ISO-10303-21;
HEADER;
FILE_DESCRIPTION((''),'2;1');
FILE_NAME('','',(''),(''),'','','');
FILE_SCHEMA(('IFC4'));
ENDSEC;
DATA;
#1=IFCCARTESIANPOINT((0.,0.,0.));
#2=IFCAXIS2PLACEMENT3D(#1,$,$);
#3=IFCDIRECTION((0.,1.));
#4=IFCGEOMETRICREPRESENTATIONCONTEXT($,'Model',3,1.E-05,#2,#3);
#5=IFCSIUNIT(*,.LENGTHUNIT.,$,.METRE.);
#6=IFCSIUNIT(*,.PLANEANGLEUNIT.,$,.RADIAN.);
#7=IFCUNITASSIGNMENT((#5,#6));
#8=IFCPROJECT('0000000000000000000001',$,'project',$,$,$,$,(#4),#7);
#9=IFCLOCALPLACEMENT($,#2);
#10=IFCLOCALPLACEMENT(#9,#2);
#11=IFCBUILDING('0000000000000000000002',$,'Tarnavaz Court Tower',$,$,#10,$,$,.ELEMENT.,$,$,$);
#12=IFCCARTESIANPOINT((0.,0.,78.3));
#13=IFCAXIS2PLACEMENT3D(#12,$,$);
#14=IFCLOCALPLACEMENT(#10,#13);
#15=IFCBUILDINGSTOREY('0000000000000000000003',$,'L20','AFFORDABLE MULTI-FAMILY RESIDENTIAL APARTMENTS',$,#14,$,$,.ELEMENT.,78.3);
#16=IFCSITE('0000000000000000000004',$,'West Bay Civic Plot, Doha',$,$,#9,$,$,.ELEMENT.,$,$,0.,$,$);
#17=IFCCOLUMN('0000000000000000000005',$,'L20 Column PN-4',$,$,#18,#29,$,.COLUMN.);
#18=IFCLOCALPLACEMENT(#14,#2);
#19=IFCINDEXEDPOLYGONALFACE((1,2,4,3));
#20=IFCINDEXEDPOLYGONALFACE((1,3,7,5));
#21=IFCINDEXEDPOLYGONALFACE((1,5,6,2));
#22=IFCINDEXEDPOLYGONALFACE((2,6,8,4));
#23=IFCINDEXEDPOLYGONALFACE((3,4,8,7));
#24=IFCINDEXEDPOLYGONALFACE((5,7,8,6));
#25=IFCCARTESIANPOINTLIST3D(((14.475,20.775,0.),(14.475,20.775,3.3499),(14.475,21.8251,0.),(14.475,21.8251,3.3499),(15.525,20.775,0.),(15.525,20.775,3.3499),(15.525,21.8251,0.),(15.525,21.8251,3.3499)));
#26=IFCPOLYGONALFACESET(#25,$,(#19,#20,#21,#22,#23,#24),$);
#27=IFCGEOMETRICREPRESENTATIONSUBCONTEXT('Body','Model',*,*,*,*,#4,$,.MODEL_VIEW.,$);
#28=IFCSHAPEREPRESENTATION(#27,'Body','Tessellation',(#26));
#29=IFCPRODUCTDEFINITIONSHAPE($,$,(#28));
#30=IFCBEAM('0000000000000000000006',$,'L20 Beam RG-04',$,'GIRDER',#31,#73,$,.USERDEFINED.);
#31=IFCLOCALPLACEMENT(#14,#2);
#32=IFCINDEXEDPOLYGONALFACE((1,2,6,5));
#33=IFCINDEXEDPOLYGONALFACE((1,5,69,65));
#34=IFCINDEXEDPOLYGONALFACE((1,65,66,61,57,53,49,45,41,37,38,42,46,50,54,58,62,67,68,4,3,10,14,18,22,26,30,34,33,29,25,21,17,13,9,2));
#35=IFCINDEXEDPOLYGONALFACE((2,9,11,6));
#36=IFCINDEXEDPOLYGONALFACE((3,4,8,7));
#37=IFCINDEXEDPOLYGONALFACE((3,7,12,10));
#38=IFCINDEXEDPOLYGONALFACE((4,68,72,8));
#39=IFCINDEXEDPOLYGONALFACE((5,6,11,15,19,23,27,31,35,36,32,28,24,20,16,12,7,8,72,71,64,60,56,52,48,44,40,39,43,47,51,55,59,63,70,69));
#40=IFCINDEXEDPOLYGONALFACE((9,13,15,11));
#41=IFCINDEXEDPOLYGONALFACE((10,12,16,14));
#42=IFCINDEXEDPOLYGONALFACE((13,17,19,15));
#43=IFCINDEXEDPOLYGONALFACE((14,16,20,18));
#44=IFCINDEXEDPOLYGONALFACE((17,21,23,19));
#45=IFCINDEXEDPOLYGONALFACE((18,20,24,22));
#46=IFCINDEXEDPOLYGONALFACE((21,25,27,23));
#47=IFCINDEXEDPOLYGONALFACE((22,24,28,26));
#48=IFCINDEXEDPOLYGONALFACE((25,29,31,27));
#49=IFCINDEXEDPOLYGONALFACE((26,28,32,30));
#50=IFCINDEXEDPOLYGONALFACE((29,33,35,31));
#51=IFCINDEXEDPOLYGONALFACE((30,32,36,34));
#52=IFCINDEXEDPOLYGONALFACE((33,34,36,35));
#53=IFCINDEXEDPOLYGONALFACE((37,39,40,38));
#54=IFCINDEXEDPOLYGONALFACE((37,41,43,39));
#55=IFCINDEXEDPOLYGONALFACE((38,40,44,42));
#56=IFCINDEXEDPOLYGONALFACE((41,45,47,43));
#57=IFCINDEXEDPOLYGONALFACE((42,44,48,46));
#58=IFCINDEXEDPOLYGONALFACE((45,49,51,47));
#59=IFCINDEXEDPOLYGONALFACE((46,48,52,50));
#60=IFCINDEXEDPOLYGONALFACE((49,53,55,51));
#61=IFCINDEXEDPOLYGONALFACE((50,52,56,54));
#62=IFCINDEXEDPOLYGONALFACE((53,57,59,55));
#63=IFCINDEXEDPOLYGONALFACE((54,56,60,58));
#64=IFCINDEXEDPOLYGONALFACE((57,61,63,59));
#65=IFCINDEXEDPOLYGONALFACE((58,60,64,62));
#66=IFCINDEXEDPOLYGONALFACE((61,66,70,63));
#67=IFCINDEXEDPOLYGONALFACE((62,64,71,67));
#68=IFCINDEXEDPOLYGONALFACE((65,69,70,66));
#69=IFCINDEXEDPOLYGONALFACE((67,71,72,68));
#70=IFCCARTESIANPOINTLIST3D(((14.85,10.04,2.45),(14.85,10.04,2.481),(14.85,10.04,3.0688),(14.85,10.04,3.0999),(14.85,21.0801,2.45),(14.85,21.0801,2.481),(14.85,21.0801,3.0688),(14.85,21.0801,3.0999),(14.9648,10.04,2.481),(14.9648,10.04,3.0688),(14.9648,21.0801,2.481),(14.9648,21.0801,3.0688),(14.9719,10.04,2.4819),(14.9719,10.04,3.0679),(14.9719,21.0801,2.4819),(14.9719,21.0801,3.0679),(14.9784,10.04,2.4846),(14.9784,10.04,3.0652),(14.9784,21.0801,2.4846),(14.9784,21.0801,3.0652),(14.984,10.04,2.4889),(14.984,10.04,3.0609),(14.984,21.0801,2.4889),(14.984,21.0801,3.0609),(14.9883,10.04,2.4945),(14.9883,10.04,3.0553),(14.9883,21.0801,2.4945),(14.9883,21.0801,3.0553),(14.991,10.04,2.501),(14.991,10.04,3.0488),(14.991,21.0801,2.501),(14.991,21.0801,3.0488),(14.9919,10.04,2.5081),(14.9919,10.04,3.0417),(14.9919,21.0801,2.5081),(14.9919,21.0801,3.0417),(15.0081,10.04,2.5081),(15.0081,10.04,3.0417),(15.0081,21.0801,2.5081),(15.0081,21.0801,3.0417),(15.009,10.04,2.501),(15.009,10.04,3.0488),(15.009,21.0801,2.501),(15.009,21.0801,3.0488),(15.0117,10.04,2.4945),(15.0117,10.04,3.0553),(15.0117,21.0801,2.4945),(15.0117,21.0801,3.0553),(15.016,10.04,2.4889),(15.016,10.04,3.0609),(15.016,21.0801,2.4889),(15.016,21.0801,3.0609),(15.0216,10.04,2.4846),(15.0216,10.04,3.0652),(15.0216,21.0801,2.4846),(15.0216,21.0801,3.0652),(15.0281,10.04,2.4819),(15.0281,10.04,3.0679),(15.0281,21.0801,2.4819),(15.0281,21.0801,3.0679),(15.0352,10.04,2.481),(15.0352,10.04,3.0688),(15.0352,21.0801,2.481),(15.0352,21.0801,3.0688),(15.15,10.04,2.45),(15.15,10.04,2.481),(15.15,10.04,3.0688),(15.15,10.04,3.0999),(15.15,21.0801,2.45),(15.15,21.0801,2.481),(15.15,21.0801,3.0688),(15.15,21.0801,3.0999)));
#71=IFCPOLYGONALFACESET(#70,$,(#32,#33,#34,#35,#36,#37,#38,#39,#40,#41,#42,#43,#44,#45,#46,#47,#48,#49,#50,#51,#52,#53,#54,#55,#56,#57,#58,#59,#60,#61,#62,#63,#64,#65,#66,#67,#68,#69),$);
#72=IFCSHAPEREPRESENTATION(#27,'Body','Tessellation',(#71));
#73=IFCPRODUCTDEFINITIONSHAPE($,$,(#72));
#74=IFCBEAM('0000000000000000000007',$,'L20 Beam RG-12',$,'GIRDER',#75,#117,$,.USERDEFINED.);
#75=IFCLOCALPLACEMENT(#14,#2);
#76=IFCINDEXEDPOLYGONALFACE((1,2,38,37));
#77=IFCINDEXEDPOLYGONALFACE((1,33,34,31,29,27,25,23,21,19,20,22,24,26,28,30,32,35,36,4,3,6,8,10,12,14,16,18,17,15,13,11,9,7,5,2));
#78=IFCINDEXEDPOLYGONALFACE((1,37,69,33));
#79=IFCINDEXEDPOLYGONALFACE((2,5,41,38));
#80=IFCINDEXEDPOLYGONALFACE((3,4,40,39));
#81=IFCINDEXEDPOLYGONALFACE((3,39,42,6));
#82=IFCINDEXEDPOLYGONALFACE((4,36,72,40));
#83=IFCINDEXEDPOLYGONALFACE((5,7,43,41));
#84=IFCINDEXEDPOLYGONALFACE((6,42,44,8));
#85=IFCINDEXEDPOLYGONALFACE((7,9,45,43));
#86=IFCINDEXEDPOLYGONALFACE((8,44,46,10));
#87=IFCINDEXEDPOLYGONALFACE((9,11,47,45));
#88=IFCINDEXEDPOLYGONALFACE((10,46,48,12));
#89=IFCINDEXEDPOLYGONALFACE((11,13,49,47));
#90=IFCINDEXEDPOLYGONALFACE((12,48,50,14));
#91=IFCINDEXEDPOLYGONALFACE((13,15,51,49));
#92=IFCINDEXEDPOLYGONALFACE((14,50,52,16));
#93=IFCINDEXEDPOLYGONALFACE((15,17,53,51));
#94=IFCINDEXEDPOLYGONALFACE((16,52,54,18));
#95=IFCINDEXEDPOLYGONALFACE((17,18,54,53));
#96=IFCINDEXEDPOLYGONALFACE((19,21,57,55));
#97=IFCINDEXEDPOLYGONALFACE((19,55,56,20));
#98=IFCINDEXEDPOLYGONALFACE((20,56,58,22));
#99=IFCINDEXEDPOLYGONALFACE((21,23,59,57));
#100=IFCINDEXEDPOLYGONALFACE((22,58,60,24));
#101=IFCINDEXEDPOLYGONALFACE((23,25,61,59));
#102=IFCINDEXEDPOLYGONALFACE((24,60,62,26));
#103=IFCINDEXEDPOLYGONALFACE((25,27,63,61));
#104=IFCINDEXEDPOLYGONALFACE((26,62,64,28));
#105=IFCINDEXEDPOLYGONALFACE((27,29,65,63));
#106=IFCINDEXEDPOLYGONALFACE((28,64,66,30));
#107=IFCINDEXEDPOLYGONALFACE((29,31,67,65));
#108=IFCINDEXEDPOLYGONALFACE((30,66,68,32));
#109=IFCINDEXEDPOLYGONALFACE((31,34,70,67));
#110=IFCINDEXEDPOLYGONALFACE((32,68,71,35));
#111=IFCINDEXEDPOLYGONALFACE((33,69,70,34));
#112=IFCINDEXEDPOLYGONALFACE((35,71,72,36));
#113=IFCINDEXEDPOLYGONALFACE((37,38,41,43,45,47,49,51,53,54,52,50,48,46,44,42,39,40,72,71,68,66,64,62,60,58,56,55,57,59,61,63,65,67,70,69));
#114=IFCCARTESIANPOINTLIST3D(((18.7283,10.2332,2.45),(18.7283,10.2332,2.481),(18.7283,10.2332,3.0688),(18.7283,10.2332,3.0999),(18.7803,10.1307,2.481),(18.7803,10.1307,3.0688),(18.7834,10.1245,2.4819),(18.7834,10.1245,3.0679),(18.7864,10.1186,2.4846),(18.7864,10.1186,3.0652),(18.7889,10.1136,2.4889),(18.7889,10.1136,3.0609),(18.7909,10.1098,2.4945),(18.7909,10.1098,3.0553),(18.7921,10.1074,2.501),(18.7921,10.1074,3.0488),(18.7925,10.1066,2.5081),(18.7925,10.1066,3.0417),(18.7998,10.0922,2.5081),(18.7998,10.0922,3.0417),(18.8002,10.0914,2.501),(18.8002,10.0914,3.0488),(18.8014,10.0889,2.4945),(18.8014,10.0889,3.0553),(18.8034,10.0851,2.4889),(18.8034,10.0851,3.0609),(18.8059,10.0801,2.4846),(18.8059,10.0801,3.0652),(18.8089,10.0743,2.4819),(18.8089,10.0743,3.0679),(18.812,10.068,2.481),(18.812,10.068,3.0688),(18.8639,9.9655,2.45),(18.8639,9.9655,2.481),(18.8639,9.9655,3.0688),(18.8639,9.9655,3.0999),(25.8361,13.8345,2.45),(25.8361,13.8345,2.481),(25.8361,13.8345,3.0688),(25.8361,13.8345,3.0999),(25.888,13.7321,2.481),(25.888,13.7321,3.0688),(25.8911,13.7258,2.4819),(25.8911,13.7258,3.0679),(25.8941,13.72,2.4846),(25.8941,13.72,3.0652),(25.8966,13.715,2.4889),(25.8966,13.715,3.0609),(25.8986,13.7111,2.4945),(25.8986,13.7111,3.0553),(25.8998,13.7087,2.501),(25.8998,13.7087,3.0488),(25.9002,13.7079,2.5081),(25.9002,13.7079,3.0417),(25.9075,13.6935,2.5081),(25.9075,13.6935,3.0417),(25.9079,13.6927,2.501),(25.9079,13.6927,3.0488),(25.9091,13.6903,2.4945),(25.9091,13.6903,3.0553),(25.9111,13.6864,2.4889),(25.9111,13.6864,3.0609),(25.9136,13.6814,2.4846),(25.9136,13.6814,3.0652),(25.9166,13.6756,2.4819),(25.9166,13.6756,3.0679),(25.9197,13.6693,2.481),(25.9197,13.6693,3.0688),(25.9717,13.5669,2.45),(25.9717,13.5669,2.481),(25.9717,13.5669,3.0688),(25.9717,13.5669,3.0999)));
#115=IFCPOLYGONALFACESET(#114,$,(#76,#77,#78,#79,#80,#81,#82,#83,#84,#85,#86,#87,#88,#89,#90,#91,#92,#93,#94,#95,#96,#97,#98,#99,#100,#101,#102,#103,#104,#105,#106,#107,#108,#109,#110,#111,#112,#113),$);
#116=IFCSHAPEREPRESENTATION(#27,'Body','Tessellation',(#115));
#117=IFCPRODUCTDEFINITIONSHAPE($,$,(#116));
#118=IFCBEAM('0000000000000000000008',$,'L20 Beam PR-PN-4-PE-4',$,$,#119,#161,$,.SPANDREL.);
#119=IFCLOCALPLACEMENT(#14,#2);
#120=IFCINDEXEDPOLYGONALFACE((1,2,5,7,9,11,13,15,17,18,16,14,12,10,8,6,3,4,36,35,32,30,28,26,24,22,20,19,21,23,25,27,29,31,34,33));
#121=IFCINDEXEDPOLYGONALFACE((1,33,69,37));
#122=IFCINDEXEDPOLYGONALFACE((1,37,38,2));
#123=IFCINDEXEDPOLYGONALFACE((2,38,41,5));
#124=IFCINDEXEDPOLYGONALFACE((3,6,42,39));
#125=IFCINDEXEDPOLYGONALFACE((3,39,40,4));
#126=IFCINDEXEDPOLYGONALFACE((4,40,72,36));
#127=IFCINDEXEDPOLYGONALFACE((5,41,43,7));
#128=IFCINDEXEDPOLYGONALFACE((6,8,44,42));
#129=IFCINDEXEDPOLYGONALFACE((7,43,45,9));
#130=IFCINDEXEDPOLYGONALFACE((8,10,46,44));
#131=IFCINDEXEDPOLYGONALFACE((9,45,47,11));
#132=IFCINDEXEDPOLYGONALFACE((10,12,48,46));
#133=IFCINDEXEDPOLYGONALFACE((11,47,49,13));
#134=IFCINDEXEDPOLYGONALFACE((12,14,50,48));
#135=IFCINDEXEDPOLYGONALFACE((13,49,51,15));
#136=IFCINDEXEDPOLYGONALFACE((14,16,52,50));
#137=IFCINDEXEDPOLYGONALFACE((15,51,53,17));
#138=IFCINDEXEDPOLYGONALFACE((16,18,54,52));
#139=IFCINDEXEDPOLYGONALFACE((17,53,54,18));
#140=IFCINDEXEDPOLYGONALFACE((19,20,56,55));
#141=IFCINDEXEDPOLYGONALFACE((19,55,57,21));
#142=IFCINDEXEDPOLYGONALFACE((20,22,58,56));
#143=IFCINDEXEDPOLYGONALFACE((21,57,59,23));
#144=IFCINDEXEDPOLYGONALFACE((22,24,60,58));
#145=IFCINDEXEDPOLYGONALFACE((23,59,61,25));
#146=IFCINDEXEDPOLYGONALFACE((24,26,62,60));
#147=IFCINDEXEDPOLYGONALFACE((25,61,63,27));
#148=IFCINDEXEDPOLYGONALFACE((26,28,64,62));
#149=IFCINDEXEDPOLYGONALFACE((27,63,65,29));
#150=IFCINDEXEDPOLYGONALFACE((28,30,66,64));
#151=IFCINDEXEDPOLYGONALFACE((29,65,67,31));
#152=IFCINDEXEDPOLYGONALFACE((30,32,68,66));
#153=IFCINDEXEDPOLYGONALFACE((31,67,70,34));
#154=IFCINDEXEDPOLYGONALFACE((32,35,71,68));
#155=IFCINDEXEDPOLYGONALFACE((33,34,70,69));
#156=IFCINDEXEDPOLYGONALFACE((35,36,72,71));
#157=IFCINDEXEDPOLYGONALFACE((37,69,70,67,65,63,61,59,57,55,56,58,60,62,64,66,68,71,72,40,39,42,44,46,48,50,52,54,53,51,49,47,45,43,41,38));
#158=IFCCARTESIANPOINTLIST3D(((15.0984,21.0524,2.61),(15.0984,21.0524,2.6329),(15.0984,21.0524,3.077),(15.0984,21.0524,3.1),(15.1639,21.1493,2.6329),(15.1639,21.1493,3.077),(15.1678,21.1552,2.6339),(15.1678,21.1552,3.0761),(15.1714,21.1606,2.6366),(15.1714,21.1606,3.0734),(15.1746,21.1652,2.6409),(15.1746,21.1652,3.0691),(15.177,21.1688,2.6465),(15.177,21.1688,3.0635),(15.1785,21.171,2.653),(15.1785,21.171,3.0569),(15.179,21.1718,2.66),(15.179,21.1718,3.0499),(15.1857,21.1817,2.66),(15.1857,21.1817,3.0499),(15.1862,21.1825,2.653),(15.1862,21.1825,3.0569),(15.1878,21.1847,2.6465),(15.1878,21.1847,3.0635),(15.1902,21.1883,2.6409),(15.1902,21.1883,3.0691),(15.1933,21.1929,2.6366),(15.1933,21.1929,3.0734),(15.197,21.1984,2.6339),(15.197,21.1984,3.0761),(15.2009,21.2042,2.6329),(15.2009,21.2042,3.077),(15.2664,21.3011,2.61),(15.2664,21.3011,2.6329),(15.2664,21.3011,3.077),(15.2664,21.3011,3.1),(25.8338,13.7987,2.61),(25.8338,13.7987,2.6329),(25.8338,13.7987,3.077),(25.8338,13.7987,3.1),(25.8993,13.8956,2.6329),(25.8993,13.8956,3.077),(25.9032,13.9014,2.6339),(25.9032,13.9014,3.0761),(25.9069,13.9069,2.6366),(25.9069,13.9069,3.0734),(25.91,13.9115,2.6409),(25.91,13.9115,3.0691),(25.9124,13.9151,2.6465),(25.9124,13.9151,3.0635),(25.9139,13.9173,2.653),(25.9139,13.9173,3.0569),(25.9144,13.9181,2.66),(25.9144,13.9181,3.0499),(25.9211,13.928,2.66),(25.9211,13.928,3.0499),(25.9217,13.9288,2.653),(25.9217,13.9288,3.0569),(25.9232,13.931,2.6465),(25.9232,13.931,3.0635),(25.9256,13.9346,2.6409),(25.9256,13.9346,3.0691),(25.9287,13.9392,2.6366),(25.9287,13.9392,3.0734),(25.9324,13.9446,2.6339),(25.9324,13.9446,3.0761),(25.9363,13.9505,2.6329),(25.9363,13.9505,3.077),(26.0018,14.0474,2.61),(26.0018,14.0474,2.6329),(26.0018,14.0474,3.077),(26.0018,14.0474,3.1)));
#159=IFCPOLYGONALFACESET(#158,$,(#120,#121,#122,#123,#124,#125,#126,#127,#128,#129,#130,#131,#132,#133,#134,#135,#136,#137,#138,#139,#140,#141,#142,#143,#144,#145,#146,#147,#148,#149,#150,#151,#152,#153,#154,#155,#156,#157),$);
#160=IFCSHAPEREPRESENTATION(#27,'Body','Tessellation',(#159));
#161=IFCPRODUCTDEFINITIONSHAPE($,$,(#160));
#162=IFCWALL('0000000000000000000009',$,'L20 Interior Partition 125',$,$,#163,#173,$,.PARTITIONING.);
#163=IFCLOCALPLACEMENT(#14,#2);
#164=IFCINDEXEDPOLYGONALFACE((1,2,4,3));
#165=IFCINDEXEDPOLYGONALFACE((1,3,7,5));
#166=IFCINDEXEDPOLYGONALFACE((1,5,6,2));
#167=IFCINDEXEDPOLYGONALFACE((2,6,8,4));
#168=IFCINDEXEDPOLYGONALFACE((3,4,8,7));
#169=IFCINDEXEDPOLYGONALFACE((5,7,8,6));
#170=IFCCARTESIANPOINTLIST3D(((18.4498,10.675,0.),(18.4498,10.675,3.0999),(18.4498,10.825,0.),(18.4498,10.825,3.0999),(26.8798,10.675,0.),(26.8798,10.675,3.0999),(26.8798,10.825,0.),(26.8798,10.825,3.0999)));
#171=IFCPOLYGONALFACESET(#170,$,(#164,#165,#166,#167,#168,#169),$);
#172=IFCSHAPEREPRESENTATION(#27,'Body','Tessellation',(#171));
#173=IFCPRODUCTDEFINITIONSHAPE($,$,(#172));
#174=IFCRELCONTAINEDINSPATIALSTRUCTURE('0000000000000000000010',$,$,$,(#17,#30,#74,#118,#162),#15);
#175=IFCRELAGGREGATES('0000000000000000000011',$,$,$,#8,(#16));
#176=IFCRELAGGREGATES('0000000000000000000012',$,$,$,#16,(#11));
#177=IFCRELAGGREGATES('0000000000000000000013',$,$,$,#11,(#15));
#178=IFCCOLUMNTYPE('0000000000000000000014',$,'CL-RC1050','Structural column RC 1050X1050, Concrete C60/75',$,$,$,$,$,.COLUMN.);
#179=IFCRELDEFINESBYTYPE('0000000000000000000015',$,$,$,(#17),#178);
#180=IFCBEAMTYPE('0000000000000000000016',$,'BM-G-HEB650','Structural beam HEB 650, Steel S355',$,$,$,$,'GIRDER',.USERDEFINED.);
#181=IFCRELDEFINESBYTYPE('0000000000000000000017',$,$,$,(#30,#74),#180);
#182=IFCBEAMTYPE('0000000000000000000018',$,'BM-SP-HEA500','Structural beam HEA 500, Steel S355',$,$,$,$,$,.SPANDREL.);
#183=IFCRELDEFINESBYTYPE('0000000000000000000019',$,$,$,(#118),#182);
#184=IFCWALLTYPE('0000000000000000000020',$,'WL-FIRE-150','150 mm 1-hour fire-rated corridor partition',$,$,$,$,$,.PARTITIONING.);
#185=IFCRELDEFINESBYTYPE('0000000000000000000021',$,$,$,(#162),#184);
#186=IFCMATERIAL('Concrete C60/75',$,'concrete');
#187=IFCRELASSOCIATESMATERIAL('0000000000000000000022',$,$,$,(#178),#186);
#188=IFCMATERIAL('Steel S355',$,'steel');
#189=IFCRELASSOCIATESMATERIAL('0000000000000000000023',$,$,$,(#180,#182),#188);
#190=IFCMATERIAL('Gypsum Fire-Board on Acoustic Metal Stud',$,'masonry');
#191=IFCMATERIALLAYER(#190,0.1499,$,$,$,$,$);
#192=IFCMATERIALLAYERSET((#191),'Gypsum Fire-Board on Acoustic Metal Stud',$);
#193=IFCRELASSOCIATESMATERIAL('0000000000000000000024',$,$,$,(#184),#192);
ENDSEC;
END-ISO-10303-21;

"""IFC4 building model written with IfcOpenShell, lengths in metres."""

from ifc_helpers import new_model, si_unit, direction, frame, frame_2d, origin, origin_2d, place, context, subcontext, project, spatial, rectangle, i_section, extrude, material, layer, layer_set, material_profile, profile_set, type_object, element, save


model = new_model("IFC4")

# Units and contexts
model_context = context("Model", 3, precision=1e-05, world=origin(), true_north=direction((0.0, 1.0)))
body_context = subcontext(model_context, "Body", "Model", "MODEL_VIEW")
ifc_project = project(units=[si_unit("LENGTHUNIT", "METRE"), si_unit("PLANEANGLEUNIT", "RADIAN")], contexts=[model_context])

# Site, building, storey
site_placement = place(None, origin())
site = spatial("IfcSite", under=ifc_project, at=site_placement, Name="West Bay Civic Plot, Doha", CompositionType="ELEMENT", RefElevation=0.0)
building_placement = place(site_placement, origin())
building = spatial("IfcBuilding", under=site, at=building_placement, Name="Tarnavaz Court Tower", CompositionType="ELEMENT")
storey_placement = place(building_placement, frame((0.0, 0.0, 78.3)))
storey = spatial("IfcBuildingStorey", under=building, at=storey_placement, Name="L20", Description="AFFORDABLE MULTI-FAMILY RESIDENTIAL APARTMENTS", CompositionType="ELEMENT", Elevation=78.3)

# Column
ifc_material_1 = material(Name="Concrete C60/75", Category="concrete")
ifc_material_profile_1 = material_profile(ifc_material_1, rectangle(XDim=1.05, YDim=1.05, at=origin_2d()), Name="RC 1050X1050")
ifc_profile_set_1 = profile_set([ifc_material_profile_1], Name="Concrete C60/75")
column_type = type_object("IfcColumnType", Name="CL-RC1050", Description="Structural column RC 1050X1050, Concrete C60/75", PredefinedType="COLUMN", material=ifc_profile_set_1)
column_placement = place(storey_placement, frame((15.0, 21.3, 0.0), z_axis=(0.0, 0.0, 1.0), x_axis=(1.0, 0.0, 0.0)))
element("IfcColumn", 1, at=column_placement, inside=storey, type_object=column_type, Name="L20 Column PN-4", PredefinedType="COLUMN", context=body_context, shape_type="SweptSolid", body=[
    extrude(rectangle(XDim=1.05, YDim=1.05, at=origin_2d()), origin(), (0.0, 0.0, 1.0), 3.3499),
])

# Beams
ifc_material_2 = material(Name="Steel S355", Category="steel")
ifc_material_profile_2 = material_profile(ifc_material_2, i_section(OverallWidth=0.3, OverallDepth=0.6499, WebThickness=0.0161, FlangeThickness=0.031, FilletRadius=0.0271, at=origin_2d()), Name="HEB 650")
ifc_profile_set_2 = profile_set([ifc_material_profile_2], Name="Steel S355")
beam_type_1 = type_object("IfcBeamType", Name="BM-G-HEB650", Description="Structural beam HEB 650, Steel S355", ElementType="GIRDER", PredefinedType="USERDEFINED", material=ifc_profile_set_2)
beam_1_placement = place(storey_placement, frame((15.0, 10.04, 2.7749), z_axis=(0.0, 1.0, 0.0), x_axis=(-1.0, 0.0, 0.0)))
element("IfcBeam", 2, at=beam_1_placement, inside=storey, type_object=beam_type_1, Name="L20 Beam RG-04", ObjectType="GIRDER", PredefinedType="USERDEFINED", context=body_context, shape_type="SweptSolid", body=[
    extrude(i_section(OverallWidth=0.3, OverallDepth=0.6499, WebThickness=0.0161, FlangeThickness=0.031, FilletRadius=0.0271, at=origin_2d()), origin(), (0.0, 0.0, 1.0), 11.04),
])
beam_2_placement = place(storey_placement, frame((18.7961, 10.0994, 2.7749), z_axis=(0.892031, 0.451975, 0.0), x_axis=(-0.451975, 0.892031, 0.0)))
element("IfcBeam", 3, at=beam_2_placement, inside=storey, type_object=beam_type_1, Name="L20 Beam RG-12", ObjectType="GIRDER", PredefinedType="USERDEFINED", context=body_context, shape_type="SweptSolid", body=[
    extrude(i_section(OverallWidth=0.3, OverallDepth=0.6499, WebThickness=0.0161, FlangeThickness=0.031, FilletRadius=0.0271, at=origin_2d()), origin(), (0.0, 0.0, 1.0), 7.968),
])
ifc_material_profile_3 = material_profile(ifc_material_2, i_section(OverallWidth=0.3, OverallDepth=0.49, WebThickness=0.012, FlangeThickness=0.0229, FilletRadius=0.0271, at=origin_2d()), Name="HEA 500")
ifc_profile_set_3 = profile_set([ifc_material_profile_3], Name="Steel S355")
beam_type_2 = type_object("IfcBeamType", Name="BM-SP-HEA500", Description="Structural beam HEA 500, Steel S355", PredefinedType="SPANDREL", material=ifc_profile_set_3)
beam_3_placement = place(storey_placement, frame((15.1824, 21.1768, 2.855), z_axis=(0.828587, -0.55986, 0.0), x_axis=(0.55986, 0.828587, 0.0)))
element("IfcBeam", 4, at=beam_3_placement, inside=storey, type_object=beam_type_2, Name="L20 Beam PR-PN-4-PE-4", PredefinedType="SPANDREL", context=body_context, shape_type="SweptSolid", body=[
    extrude(i_section(OverallWidth=0.3, OverallDepth=0.49, WebThickness=0.012, FlangeThickness=0.0229, FilletRadius=0.0271, at=origin_2d()), origin(), (0.0, 0.0, 1.0), 12.9563),
])

# Wall
ifc_material_3 = material(Name="Gypsum Fire-Board on Acoustic Metal Stud", Category="masonry")
ifc_layer_1 = layer(ifc_material_3, 0.1499)
ifc_layer_set_1 = layer_set([ifc_layer_1], Name="Gypsum Fire-Board on Acoustic Metal Stud")
wall_type_1 = type_object("IfcWallType", Name="WL-FIRE-150", Description="150 mm 1-hour fire-rated corridor partition", PredefinedType="PARTITIONING", material=ifc_layer_set_1)
wall_1_placement = place(storey_placement, frame((18.45, 10.75, 0.0), z_axis=(0.0, 0.0, 1.0), x_axis=(1.0, 0.0, 0.0)))
element("IfcWall", 5, at=wall_1_placement, inside=storey, type_object=wall_type_1, Name="L20 Interior Partition 125", PredefinedType="PARTITIONING", context=body_context, shape_type="SweptSolid", body=[
    extrude(rectangle(XDim=8.4299, YDim=0.1499, at=frame_2d((4.2148, 0.0))), origin(), (0.0, 0.0, 1.0), 3.0999),
])

save(model, "model.ifc")
